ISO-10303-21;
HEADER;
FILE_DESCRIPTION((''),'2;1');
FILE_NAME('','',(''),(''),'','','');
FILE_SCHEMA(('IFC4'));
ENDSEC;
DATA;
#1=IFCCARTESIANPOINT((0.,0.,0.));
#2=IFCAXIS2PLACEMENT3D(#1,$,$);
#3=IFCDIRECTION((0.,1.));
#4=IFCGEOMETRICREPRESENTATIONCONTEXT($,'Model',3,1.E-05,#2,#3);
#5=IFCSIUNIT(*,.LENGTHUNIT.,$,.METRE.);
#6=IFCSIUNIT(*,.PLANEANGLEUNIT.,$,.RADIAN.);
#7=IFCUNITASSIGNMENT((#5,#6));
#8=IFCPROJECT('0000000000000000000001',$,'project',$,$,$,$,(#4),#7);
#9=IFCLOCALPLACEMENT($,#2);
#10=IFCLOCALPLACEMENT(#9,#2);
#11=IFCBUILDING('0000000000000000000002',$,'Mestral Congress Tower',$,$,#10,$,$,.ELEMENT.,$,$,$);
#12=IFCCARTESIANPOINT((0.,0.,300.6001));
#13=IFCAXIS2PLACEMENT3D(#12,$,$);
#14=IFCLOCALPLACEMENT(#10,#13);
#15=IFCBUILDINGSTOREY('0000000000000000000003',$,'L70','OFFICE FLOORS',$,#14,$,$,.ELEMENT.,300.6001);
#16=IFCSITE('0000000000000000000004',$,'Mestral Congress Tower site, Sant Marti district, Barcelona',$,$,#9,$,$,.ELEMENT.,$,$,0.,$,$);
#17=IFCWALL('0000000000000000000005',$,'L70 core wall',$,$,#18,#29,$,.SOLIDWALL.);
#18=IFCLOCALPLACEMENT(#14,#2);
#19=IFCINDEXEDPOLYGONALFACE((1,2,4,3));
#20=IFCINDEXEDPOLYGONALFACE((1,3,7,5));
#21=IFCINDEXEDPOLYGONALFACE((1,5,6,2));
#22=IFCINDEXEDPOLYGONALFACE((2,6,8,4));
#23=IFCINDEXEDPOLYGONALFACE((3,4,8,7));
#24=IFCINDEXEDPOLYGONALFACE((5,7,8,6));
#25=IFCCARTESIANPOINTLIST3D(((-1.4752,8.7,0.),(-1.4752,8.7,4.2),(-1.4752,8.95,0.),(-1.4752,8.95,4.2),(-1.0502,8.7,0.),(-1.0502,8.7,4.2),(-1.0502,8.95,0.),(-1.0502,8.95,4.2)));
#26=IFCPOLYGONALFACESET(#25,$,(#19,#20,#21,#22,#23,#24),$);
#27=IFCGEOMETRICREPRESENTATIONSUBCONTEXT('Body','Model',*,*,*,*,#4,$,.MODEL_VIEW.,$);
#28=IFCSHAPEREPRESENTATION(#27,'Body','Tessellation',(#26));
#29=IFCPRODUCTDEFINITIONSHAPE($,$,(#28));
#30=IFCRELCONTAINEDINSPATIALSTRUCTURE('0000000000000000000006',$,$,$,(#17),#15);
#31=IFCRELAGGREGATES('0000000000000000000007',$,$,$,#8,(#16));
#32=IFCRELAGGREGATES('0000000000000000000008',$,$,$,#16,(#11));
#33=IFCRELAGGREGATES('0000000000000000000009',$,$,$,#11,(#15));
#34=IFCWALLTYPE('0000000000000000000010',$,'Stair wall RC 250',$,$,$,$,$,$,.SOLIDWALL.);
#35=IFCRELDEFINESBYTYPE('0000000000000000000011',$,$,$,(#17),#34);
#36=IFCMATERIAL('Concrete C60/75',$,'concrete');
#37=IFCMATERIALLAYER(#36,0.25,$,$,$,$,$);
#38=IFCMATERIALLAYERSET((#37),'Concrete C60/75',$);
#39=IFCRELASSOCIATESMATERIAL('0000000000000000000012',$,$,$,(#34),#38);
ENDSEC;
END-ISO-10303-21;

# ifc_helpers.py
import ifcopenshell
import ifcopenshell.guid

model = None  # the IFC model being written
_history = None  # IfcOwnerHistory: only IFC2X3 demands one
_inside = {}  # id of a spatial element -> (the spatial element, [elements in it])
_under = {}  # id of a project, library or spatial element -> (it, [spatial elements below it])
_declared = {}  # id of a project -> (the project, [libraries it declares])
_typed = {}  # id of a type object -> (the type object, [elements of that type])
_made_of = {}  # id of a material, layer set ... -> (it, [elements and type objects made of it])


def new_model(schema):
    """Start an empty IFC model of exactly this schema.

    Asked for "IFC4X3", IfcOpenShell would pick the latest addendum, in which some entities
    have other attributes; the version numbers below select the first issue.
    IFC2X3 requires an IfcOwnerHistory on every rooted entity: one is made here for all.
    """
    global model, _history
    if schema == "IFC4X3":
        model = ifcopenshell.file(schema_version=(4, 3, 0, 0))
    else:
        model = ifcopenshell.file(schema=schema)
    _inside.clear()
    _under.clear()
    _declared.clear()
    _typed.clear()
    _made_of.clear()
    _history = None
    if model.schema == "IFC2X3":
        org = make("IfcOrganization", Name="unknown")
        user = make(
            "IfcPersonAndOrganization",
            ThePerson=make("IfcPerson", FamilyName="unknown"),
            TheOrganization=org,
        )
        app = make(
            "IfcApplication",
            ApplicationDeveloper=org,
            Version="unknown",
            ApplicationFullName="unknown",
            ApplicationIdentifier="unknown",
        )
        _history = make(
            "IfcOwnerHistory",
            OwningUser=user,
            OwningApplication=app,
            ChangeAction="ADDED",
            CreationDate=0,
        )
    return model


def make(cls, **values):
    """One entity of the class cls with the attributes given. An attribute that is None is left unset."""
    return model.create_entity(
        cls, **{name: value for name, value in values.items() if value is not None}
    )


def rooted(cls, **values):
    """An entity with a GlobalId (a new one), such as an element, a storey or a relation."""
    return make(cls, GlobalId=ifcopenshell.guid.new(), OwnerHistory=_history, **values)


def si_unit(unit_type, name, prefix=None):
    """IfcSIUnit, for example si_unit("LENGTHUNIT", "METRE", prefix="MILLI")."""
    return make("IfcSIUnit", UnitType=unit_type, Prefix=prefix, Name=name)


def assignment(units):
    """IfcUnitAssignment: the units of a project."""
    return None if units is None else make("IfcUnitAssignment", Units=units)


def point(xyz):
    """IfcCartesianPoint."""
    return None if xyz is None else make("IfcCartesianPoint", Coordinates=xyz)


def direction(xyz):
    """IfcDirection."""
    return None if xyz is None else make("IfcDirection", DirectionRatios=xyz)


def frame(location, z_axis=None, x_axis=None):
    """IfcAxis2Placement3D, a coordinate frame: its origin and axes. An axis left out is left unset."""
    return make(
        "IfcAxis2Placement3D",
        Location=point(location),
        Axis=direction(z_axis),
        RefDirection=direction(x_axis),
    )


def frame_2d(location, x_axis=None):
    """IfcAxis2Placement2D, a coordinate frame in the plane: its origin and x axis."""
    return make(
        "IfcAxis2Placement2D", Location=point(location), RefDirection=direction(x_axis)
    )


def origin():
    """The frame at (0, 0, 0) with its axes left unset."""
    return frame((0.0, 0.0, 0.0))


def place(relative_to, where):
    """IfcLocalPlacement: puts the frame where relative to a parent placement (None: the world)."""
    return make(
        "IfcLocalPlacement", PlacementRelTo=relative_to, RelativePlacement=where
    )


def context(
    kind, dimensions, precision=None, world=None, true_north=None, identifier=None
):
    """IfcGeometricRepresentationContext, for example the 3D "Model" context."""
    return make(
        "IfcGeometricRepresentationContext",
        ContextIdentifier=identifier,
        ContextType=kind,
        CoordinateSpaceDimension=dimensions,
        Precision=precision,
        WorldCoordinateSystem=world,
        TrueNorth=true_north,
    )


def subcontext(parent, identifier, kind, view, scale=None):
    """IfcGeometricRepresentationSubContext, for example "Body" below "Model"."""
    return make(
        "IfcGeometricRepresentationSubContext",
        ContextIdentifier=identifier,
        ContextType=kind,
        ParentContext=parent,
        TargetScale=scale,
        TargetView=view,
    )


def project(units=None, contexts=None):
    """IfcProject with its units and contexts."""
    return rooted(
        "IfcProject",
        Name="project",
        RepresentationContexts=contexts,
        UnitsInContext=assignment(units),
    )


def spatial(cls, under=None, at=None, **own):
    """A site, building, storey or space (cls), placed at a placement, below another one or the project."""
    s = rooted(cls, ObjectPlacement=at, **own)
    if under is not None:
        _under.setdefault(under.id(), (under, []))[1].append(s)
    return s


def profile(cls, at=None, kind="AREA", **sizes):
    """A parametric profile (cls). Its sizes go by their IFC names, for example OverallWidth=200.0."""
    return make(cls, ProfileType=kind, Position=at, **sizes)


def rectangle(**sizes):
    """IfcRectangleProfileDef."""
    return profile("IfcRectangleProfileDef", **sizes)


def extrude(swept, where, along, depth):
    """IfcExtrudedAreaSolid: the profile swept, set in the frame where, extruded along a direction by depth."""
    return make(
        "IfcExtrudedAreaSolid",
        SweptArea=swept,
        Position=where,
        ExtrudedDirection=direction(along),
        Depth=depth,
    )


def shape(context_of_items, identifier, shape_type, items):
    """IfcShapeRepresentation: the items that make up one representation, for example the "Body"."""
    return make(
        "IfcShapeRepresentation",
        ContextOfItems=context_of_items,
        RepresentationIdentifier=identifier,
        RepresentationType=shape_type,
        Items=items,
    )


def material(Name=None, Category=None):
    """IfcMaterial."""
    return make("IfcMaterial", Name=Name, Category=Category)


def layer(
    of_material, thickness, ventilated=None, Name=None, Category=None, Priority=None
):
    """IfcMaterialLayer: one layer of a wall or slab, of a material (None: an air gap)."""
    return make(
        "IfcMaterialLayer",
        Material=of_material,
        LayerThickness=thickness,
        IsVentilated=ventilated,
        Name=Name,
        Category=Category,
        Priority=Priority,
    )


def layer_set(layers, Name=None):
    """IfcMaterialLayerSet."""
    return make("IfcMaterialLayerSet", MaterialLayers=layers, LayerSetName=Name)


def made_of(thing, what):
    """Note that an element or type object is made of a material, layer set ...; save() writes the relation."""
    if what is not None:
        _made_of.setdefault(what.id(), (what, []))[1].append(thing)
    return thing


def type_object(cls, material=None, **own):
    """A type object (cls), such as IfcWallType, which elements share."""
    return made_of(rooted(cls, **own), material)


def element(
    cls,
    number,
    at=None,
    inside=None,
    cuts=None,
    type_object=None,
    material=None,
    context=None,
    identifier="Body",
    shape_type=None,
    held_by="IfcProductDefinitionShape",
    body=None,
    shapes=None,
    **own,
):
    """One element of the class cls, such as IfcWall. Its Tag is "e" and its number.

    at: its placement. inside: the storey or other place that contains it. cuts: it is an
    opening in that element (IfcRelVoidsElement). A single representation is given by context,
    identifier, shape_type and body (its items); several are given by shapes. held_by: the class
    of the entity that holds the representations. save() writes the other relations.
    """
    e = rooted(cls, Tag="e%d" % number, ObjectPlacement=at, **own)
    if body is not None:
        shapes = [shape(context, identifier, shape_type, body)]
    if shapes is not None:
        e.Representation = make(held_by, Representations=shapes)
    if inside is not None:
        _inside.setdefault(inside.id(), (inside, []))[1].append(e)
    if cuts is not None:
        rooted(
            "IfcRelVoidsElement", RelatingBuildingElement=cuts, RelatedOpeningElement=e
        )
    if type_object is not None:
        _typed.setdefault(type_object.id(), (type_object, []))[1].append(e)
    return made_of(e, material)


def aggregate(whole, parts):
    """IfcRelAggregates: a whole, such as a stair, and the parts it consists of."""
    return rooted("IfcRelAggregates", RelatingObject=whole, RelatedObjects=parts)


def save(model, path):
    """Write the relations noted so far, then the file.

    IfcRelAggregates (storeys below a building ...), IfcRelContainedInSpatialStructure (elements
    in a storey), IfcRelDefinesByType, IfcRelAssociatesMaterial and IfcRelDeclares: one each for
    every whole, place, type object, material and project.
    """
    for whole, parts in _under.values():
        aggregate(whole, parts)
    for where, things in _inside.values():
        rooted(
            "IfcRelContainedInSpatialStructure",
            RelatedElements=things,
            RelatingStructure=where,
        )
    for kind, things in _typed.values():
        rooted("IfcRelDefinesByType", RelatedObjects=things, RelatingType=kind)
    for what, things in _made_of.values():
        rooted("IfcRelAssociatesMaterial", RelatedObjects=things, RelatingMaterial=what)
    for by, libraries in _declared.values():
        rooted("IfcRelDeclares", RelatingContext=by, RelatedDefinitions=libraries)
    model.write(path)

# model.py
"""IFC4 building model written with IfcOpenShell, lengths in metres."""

from ifc_helpers import new_model, si_unit, direction, frame, frame_2d, origin, place, context, subcontext, project, spatial, rectangle, extrude, material, layer, layer_set, type_object, element, save


model = new_model("IFC4")

# Units and contexts
model_context = context("Model", 3, precision=1e-05, world=origin(), true_north=direction((0.0, 1.0)))
body_context = subcontext(model_context, "Body", "Model", "MODEL_VIEW")
ifc_project = project(units=[si_unit("LENGTHUNIT", "METRE"), si_unit("PLANEANGLEUNIT", "RADIAN")], contexts=[model_context])

# Site, building, storey
site_placement = place(None, origin())
site = spatial("IfcSite", under=ifc_project, at=site_placement, Name="Mestral Congress Tower site, Sant Marti district, Barcelona", CompositionType="ELEMENT", RefElevation=0.0)
building_placement = place(site_placement, origin())
building = spatial("IfcBuilding", under=site, at=building_placement, Name="Mestral Congress Tower", CompositionType="ELEMENT")
storey_placement = place(building_placement, frame((0.0, 0.0, 300.6001)))
storey = spatial("IfcBuildingStorey", under=building, at=storey_placement, Name="L70", Description="OFFICE FLOORS", CompositionType="ELEMENT", Elevation=300.6001)

# Shared definitions
ifc_material_1 = material(Name="Concrete C60/75", Category="concrete")

# Wall
ifc_layer_1 = layer(ifc_material_1, 0.25)
ifc_layer_set_1 = layer_set([ifc_layer_1], Name="Concrete C60/75")
wall_type_1 = type_object("IfcWallType", Name="Stair wall RC 250", PredefinedType="SOLIDWALL", material=ifc_layer_set_1)
wall_1_placement = place(storey_placement, frame((-1.4751, 8.825, 0.0), z_axis=(0.0, 0.0, 1.0), x_axis=(1.0, 0.0, 0.0)))
element("IfcWall", 1, at=wall_1_placement, inside=storey, type_object=wall_type_1, Name="L70 core wall", PredefinedType="SOLIDWALL", context=body_context, shape_type="SweptSolid", body=[
    extrude(rectangle(XDim=0.425, YDim=0.25, at=frame_2d((0.2124, 0.0))), origin(), (0.0, 0.0, 1.0), 4.2),
])

save(model, "model.ifc")
